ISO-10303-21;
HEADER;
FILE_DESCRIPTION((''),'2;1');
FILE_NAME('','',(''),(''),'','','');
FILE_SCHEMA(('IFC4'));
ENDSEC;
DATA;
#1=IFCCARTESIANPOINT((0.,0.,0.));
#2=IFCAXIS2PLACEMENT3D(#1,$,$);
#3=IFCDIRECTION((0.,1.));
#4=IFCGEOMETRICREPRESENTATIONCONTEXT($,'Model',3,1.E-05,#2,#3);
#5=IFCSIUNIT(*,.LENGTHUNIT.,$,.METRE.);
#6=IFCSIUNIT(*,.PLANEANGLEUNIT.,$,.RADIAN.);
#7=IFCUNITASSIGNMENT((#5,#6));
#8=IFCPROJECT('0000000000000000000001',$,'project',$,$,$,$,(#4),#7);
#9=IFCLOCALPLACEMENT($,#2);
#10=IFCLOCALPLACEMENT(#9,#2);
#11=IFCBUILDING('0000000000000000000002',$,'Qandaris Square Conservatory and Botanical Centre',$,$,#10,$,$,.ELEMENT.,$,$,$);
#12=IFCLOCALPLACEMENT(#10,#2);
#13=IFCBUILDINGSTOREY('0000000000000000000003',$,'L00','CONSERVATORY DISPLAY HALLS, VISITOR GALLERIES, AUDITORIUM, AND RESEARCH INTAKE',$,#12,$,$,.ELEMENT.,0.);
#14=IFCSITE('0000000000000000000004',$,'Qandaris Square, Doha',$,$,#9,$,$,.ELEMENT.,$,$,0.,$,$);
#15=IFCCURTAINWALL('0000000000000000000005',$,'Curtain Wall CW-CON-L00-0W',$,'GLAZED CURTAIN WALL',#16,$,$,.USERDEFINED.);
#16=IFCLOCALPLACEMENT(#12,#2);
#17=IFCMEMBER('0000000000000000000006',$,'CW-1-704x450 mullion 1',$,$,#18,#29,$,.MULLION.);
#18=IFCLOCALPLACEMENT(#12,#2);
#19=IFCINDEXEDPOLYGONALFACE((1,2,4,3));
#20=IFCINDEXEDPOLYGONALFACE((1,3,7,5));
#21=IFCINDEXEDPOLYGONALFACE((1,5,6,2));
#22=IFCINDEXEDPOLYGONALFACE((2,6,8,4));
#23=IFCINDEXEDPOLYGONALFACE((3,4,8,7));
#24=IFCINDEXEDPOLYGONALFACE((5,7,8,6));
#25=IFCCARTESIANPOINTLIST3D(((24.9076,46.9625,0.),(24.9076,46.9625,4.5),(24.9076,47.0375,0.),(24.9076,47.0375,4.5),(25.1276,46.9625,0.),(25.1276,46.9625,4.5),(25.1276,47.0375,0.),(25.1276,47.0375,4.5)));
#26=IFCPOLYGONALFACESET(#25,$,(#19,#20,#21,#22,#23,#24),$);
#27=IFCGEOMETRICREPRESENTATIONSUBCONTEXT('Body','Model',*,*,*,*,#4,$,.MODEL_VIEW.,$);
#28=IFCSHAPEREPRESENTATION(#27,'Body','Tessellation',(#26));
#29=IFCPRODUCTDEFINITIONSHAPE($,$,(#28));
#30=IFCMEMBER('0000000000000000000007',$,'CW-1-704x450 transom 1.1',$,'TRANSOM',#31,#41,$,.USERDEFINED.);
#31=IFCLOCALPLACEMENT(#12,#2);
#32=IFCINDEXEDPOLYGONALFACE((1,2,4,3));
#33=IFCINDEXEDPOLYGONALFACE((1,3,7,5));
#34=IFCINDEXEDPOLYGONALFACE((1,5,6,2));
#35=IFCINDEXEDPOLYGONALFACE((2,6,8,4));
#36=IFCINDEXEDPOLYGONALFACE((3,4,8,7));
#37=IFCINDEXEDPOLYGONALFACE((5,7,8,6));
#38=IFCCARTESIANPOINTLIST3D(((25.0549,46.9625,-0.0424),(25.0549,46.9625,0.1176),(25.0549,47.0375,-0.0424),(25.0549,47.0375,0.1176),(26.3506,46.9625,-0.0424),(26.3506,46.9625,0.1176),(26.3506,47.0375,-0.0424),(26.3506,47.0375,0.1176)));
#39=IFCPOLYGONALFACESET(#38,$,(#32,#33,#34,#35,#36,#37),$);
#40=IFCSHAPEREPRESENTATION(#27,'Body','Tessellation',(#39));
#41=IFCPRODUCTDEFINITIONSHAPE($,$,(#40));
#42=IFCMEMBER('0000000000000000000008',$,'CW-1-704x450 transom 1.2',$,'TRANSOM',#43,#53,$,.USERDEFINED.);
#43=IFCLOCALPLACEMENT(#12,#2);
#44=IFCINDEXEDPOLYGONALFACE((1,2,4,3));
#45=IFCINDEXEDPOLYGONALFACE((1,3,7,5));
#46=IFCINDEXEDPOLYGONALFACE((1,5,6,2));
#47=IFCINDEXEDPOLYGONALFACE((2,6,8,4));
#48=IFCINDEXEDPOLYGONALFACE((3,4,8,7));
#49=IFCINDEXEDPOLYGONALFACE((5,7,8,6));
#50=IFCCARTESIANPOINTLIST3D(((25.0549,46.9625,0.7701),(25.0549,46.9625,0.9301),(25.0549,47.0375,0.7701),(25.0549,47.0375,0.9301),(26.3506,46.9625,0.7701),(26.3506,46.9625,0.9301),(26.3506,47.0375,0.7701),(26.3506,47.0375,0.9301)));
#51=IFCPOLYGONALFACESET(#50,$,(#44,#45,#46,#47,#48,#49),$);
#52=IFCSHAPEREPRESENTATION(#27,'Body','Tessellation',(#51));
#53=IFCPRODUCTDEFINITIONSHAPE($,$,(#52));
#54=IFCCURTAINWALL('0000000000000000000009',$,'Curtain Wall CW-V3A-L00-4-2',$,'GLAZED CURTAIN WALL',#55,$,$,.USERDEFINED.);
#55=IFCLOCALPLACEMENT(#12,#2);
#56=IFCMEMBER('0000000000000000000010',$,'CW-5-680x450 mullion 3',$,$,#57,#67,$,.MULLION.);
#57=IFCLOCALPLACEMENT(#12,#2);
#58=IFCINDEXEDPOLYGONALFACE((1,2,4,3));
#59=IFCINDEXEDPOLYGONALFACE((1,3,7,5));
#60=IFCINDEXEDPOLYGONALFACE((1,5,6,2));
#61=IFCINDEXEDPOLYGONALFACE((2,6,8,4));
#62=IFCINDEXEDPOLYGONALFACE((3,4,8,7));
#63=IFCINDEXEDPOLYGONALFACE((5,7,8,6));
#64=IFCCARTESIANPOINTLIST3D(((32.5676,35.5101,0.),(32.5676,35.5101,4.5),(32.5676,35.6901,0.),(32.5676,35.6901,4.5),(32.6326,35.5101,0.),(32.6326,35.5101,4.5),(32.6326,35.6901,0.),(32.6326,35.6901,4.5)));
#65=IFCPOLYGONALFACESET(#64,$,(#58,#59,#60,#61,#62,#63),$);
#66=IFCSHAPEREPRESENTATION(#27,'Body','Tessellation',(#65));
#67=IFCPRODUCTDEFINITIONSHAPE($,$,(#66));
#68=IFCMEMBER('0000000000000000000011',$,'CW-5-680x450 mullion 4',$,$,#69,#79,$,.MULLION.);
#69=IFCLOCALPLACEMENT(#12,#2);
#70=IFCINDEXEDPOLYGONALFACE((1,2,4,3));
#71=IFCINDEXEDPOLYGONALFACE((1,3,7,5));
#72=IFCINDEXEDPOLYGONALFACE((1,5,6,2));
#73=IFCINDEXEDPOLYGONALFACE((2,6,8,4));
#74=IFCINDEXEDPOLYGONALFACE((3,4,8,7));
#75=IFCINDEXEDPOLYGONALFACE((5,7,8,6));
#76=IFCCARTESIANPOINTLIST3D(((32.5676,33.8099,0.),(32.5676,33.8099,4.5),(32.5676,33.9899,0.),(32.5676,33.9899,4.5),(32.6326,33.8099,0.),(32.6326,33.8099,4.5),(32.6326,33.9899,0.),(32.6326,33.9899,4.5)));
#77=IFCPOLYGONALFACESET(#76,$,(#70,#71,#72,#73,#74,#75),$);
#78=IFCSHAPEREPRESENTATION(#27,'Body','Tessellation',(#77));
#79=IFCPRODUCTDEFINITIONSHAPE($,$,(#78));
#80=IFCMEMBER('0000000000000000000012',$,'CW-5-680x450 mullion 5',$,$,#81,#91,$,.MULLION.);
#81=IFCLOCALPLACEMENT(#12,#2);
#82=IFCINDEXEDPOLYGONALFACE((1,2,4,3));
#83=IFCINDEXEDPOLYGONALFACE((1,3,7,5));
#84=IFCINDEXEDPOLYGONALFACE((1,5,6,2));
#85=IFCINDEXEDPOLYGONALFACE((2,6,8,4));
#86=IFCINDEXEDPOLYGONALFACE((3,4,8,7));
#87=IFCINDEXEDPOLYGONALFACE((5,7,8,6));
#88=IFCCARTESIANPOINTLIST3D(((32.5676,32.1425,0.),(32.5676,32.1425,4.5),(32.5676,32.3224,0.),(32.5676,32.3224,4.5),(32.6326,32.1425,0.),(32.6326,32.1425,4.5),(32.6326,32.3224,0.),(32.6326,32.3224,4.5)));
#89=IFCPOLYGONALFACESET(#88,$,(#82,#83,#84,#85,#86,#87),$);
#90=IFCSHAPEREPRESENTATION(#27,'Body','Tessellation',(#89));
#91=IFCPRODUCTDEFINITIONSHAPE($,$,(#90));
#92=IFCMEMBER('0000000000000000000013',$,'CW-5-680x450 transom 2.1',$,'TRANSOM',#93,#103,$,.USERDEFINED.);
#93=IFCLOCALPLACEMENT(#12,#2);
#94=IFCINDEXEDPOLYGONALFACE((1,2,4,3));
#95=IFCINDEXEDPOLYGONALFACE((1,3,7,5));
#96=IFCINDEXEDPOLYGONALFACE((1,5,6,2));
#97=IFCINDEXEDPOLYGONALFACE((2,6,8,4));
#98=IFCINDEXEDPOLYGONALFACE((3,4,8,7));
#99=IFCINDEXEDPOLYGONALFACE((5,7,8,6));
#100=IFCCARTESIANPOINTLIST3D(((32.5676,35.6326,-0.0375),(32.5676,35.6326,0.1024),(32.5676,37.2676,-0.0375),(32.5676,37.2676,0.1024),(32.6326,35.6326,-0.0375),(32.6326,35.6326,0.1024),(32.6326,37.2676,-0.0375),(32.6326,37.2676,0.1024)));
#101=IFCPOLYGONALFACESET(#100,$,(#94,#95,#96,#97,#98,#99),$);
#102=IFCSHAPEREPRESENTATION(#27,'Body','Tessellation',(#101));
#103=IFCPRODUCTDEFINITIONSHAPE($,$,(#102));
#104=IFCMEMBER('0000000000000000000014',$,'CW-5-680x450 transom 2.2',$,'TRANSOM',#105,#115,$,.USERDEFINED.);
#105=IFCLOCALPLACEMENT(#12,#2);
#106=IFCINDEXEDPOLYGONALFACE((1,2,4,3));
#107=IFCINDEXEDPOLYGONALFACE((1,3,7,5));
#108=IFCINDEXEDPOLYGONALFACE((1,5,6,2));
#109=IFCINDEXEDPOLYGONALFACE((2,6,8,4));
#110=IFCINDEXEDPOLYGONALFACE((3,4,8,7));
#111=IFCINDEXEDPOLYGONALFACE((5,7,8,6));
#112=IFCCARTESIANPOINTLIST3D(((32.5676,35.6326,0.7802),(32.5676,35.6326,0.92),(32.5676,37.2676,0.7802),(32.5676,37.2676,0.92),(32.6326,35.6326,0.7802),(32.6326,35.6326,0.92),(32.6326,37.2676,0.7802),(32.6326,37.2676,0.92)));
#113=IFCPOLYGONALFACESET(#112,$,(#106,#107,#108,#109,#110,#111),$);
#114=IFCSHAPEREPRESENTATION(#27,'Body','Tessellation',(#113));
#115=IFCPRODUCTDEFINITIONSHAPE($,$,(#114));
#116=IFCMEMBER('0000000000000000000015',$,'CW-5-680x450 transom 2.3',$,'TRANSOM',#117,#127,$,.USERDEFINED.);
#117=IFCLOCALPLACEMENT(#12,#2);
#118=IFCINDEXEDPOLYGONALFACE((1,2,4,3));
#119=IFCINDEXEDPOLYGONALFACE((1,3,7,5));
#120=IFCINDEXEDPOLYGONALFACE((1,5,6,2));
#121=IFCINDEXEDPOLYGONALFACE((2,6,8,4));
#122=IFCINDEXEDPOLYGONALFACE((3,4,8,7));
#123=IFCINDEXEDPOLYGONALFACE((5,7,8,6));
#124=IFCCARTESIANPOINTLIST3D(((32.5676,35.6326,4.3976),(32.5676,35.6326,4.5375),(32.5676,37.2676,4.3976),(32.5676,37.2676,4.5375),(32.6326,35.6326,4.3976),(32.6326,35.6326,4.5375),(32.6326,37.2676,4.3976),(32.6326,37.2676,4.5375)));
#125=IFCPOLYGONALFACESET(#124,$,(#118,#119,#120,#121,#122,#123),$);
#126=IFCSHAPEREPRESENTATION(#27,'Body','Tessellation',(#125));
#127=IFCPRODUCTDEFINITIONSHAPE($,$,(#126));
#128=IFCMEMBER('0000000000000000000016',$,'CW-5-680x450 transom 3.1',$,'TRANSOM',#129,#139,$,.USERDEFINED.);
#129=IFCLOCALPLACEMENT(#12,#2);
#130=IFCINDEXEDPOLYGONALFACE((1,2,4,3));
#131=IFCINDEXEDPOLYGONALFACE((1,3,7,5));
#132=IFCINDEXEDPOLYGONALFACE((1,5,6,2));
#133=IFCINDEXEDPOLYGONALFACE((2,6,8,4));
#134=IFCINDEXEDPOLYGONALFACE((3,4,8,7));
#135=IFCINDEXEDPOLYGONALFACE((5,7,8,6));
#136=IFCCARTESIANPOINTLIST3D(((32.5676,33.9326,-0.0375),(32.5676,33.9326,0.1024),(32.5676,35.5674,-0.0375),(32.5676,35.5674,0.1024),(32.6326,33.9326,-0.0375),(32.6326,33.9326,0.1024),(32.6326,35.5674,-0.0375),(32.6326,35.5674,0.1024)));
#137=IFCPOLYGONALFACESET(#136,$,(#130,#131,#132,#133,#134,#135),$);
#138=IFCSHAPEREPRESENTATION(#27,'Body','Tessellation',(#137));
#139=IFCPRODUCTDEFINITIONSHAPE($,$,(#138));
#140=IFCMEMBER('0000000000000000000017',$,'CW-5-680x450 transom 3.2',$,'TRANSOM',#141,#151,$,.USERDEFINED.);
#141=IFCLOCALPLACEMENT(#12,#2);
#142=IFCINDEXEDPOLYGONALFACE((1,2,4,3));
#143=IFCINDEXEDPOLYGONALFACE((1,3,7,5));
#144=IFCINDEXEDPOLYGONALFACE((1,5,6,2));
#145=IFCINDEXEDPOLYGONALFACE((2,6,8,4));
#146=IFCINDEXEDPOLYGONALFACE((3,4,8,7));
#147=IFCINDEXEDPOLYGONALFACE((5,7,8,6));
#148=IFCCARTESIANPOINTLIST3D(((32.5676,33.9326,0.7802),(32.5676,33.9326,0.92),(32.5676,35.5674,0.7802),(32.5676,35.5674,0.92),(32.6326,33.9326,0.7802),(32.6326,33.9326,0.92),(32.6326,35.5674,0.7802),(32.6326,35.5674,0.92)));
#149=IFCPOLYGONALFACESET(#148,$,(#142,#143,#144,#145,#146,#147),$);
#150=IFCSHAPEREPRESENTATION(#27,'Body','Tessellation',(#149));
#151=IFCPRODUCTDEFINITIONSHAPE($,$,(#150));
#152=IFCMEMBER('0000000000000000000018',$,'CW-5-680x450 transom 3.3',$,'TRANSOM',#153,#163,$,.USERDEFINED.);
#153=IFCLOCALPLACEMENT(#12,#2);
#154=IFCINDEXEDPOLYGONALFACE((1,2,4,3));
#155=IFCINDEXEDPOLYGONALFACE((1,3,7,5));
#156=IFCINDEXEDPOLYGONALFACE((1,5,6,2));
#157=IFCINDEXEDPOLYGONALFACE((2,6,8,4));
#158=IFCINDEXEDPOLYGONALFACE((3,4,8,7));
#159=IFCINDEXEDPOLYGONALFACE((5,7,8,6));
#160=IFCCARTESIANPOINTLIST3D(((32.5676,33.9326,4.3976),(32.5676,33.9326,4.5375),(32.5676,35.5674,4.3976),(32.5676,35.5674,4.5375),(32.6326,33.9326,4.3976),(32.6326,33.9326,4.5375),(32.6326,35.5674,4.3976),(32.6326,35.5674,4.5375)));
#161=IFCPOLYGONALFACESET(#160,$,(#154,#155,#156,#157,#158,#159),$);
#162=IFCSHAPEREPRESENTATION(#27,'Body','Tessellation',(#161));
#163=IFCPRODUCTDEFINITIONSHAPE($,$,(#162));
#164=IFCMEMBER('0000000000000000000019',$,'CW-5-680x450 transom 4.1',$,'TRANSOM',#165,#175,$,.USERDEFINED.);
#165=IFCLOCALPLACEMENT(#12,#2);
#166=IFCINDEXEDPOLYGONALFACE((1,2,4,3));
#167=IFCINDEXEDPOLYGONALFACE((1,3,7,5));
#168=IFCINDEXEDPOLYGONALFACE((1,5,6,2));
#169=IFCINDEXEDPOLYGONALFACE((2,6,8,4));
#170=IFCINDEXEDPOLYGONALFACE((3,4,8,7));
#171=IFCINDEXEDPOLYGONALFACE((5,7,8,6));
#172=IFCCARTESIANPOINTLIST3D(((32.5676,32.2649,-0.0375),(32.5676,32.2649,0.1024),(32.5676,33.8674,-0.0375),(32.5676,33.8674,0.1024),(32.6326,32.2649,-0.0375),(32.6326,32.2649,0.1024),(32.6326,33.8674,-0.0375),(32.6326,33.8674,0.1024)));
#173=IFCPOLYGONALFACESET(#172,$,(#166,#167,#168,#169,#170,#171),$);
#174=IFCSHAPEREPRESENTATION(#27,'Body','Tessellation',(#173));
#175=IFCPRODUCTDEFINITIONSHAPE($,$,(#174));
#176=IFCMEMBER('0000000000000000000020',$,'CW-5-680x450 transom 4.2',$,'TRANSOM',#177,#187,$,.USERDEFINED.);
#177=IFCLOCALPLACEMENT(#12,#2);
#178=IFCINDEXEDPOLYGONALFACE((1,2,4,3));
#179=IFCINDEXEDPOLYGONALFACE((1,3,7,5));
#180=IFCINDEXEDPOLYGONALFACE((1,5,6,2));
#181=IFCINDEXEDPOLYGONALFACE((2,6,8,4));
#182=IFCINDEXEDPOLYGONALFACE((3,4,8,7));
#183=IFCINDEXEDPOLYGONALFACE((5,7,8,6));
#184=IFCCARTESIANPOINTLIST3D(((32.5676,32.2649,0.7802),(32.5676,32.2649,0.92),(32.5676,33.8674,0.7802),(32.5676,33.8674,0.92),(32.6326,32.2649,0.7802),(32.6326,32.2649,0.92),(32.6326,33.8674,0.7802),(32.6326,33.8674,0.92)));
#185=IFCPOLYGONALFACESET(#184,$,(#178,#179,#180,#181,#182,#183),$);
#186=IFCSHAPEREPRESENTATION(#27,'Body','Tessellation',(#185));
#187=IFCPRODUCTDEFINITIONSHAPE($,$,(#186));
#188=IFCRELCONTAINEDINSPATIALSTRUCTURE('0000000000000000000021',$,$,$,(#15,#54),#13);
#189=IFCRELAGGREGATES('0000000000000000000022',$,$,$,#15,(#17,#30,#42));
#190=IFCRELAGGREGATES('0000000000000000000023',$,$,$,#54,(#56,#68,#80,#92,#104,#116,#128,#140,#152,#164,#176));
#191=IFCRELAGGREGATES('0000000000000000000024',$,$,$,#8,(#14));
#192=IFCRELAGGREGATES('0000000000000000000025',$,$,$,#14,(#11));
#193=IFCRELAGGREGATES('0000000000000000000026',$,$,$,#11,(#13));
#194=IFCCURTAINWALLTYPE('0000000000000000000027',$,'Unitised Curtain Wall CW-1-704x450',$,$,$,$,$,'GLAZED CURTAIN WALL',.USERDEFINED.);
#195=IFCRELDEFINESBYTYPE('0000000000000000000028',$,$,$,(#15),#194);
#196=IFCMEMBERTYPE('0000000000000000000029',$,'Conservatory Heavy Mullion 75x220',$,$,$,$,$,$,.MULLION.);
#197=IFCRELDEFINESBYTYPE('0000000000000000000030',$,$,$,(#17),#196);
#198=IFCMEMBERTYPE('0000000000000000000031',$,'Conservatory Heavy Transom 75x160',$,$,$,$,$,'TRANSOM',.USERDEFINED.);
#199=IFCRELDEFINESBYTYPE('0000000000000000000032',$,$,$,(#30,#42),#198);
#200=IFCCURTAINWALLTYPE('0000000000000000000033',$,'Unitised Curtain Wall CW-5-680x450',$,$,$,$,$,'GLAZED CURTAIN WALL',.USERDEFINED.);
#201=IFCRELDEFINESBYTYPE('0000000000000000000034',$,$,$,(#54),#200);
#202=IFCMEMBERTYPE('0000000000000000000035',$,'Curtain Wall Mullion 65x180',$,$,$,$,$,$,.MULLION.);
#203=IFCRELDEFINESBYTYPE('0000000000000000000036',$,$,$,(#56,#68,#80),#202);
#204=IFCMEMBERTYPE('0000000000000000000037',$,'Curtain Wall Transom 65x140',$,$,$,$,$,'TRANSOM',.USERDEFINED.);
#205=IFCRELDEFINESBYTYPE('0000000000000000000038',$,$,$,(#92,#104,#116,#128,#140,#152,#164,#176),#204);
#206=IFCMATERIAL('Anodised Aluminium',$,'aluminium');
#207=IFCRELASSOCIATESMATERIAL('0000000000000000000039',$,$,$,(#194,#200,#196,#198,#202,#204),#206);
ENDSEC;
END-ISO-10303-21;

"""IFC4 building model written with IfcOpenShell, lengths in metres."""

from ifc_helpers import new_model, si_unit, direction, frame, origin, origin_2d, place, context, subcontext, project, spatial, rectangle, extrude, material, material_profile, profile_set, type_object, element, aggregate, save


model = new_model("IFC4")

# Units and contexts
model_context = context("Model", 3, precision=1e-05, world=origin(), true_north=direction((0.0, 1.0)))
body_context = subcontext(model_context, "Body", "Model", "MODEL_VIEW")
ifc_project = project(units=[si_unit("LENGTHUNIT", "METRE"), si_unit("PLANEANGLEUNIT", "RADIAN")], contexts=[model_context])

# Site, building, storey
site_placement = place(None, origin())
site = spatial("IfcSite", under=ifc_project, at=site_placement, Name="Qandaris Square, Doha", CompositionType="ELEMENT", RefElevation=0.0)
building_placement = place(site_placement, origin())
building = spatial("IfcBuilding", under=site, at=building_placement, Name="Qandaris Square Conservatory and Botanical Centre", CompositionType="ELEMENT")
storey_placement = place(building_placement, origin())
storey = spatial("IfcBuildingStorey", under=building, at=storey_placement, Name="L00", Description="CONSERVATORY DISPLAY HALLS, VISITOR GALLERIES, AUDITORIUM, AND RESEARCH INTAKE", CompositionType="ELEMENT", Elevation=0.0)

# Curtain walls, members
ifc_material_1 = material(Name="Anodised Aluminium", Category="aluminium")
curtain_wall_type_1 = type_object("IfcCurtainWallType", Name="Unitised Curtain Wall CW-1-704x450", ElementType="GLAZED CURTAIN WALL", PredefinedType="USERDEFINED", material=ifc_material_1)
curtain_wall_1_placement = place(storey_placement, origin())
curtain_wall_1 = element("IfcCurtainWall", 1, at=curtain_wall_1_placement, inside=storey, type_object=curtain_wall_type_1, Name="Curtain Wall CW-CON-L00-0W", ObjectType="GLAZED CURTAIN WALL", PredefinedType="USERDEFINED")
ifc_material_profile_1 = material_profile(ifc_material_1, rectangle(XDim=0.075, YDim=0.22, at=origin_2d()), Name="ALU-MUL 75x220")
ifc_profile_set_1 = profile_set([ifc_material_profile_1], Name="Anodised Aluminium")
member_type_1 = type_object("IfcMemberType", Name="Conservatory Heavy Mullion 75x220", PredefinedType="MULLION", material=ifc_profile_set_1)
member_1_placement = place(storey_placement, frame((25.0176, 47.0, 0.0), z_axis=(0.0, 0.0, 1.0), x_axis=(0.0, 1.0, 0.0)))
member_1 = element("IfcMember", 2, at=member_1_placement, type_object=member_type_1, Name="CW-1-704x450 mullion 1", PredefinedType="MULLION", context=body_context, shape_type="SweptSolid", body=[
    extrude(rectangle(XDim=0.075, YDim=0.22, at=origin_2d()), origin(), (0.0, 0.0, 1.0), 4.5),
])
ifc_material_profile_2 = material_profile(ifc_material_1, rectangle(XDim=0.075, YDim=0.1599, at=origin_2d()), Name="ALU-TRN 75x160")
ifc_profile_set_2 = profile_set([ifc_material_profile_2], Name="Anodised Aluminium")
member_type_2 = type_object("IfcMemberType", Name="Conservatory Heavy Transom 75x160", ElementType="TRANSOM", PredefinedType="USERDEFINED", material=ifc_profile_set_2)
member_2_placement = place(storey_placement, frame((25.0549, 47.0, 0.0376), z_axis=(1.0, 0.0, 0.0), x_axis=(0.0, 1.0, 0.0)))
member_2 = element("IfcMember", 3, at=member_2_placement, type_object=member_type_2, Name="CW-1-704x450 transom 1.1", ObjectType="TRANSOM", PredefinedType="USERDEFINED", context=body_context, shape_type="SweptSolid", body=[
    extrude(rectangle(XDim=0.075, YDim=0.1599, at=origin_2d()), origin(), (0.0, 0.0, 1.0), 1.2957),
])
member_3_placement = place(storey_placement, frame((25.0549, 47.0, 0.8501), z_axis=(1.0, 0.0, 0.0), x_axis=(0.0, 1.0, 0.0)))
member_3 = element("IfcMember", 4, at=member_3_placement, type_object=member_type_2, Name="CW-1-704x450 transom 1.2", ObjectType="TRANSOM", PredefinedType="USERDEFINED", context=body_context, shape_type="SweptSolid", body=[
    extrude(rectangle(XDim=0.075, YDim=0.1599, at=origin_2d()), origin(), (0.0, 0.0, 1.0), 1.2957),
])
aggregate(curtain_wall_1, [member_1, member_2, member_3])
curtain_wall_type_2 = type_object("IfcCurtainWallType", Name="Unitised Curtain Wall CW-5-680x450", ElementType="GLAZED CURTAIN WALL", PredefinedType="USERDEFINED", material=ifc_material_1)
curtain_wall_2_placement = place(storey_placement, origin())
curtain_wall_2 = element("IfcCurtainWall", 5, at=curtain_wall_2_placement, inside=storey, type_object=curtain_wall_type_2, Name="Curtain Wall CW-V3A-L00-4-2", ObjectType="GLAZED CURTAIN WALL", PredefinedType="USERDEFINED")
ifc_material_profile_3 = material_profile(ifc_material_1, rectangle(XDim=0.0649, YDim=0.1799, at=origin_2d()), Name="ALU-MUL 65x180")
ifc_profile_set_3 = profile_set([ifc_material_profile_3], Name="Anodised Aluminium")
member_type_3 = type_object("IfcMemberType", Name="Curtain Wall Mullion 65x180", PredefinedType="MULLION", material=ifc_profile_set_3)
member_4_placement = place(storey_placement, frame((32.6001, 35.6001, 0.0), z_axis=(0.0, 0.0, 1.0), x_axis=(1.0, 0.0, 0.0)))
member_4 = element("IfcMember", 6, at=member_4_placement, type_object=member_type_3, Name="CW-5-680x450 mullion 3", PredefinedType="MULLION", context=body_context, shape_type="SweptSolid", body=[
    extrude(rectangle(XDim=0.0649, YDim=0.1799, at=origin_2d()), origin(), (0.0, 0.0, 1.0), 4.5),
])
member_5_placement = place(storey_placement, frame((32.6001, 33.8999, 0.0), z_axis=(0.0, 0.0, 1.0), x_axis=(1.0, 0.0, 0.0)))
member_5 = element("IfcMember", 7, at=member_5_placement, type_object=member_type_3, Name="CW-5-680x450 mullion 4", PredefinedType="MULLION", context=body_context, shape_type="SweptSolid", body=[
    extrude(rectangle(XDim=0.0649, YDim=0.1799, at=origin_2d()), origin(), (0.0, 0.0, 1.0), 4.5),
])
member_6_placement = place(storey_placement, frame((32.6001, 32.2324, 0.0), z_axis=(0.0, 0.0, 1.0), x_axis=(1.0, 0.0, 0.0)))
member_6 = element("IfcMember", 8, at=member_6_placement, type_object=member_type_3, Name="CW-5-680x450 mullion 5", PredefinedType="MULLION", context=body_context, shape_type="SweptSolid", body=[
    extrude(rectangle(XDim=0.0649, YDim=0.1799, at=origin_2d()), origin(), (0.0, 0.0, 1.0), 4.5),
])
ifc_material_profile_4 = material_profile(ifc_material_1, rectangle(XDim=0.0649, YDim=0.1399, at=origin_2d()), Name="ALU-TRN 65x140")
ifc_profile_set_4 = profile_set([ifc_material_profile_4], Name="Anodised Aluminium")
member_type_4 = type_object("IfcMemberType", Name="Curtain Wall Transom 65x140", ElementType="TRANSOM", PredefinedType="USERDEFINED", material=ifc_profile_set_4)
member_7_placement = place(storey_placement, frame((32.6001, 37.2676, 0.0325), z_axis=(0.0, -1.0, 0.0), x_axis=(1.0, 0.0, 0.0)))
member_7 = element("IfcMember", 9, at=member_7_placement, type_object=member_type_4, Name="CW-5-680x450 transom 2.1", ObjectType="TRANSOM", PredefinedType="USERDEFINED", context=body_context, shape_type="SweptSolid", body=[
    extrude(rectangle(XDim=0.0649, YDim=0.1399, at=origin_2d()), origin(), (0.0, 0.0, 1.0), 1.635),
])
member_8_placement = place(storey_placement, frame((32.6001, 37.2676, 0.8501), z_axis=(0.0, -1.0, 0.0), x_axis=(1.0, 0.0, 0.0)))
member_8 = element("IfcMember", 10, at=member_8_placement, type_object=member_type_4, Name="CW-5-680x450 transom 2.2", ObjectType="TRANSOM", PredefinedType="USERDEFINED", context=body_context, shape_type="SweptSolid", body=[
    extrude(rectangle(XDim=0.0649, YDim=0.1399, at=origin_2d()), origin(), (0.0, 0.0, 1.0), 1.635),
])
member_9_placement = place(storey_placement, frame((32.6001, 37.2676, 4.4675), z_axis=(0.0, -1.0, 0.0), x_axis=(1.0, 0.0, 0.0)))
member_9 = element("IfcMember", 11, at=member_9_placement, type_object=member_type_4, Name="CW-5-680x450 transom 2.3", ObjectType="TRANSOM", PredefinedType="USERDEFINED", context=body_context, shape_type="SweptSolid", body=[
    extrude(rectangle(XDim=0.0649, YDim=0.1399, at=origin_2d()), origin(), (0.0, 0.0, 1.0), 1.635),
])
member_10_placement = place(storey_placement, frame((32.6001, 35.5674, 0.0325), z_axis=(0.0, -1.0, 0.0), x_axis=(1.0, 0.0, 0.0)))
member_10 = element("IfcMember", 12, at=member_10_placement, type_object=member_type_4, Name="CW-5-680x450 transom 3.1", ObjectType="TRANSOM", PredefinedType="USERDEFINED", context=body_context, shape_type="SweptSolid", body=[
    extrude(rectangle(XDim=0.0649, YDim=0.1399, at=origin_2d()), origin(), (0.0, 0.0, 1.0), 1.6348),
])
member_11_placement = place(storey_placement, frame((32.6001, 35.5674, 0.8501), z_axis=(0.0, -1.0, 0.0), x_axis=(1.0, 0.0, 0.0)))
member_11 = element("IfcMember", 13, at=member_11_placement, type_object=member_type_4, Name="CW-5-680x450 transom 3.2", ObjectType="TRANSOM", PredefinedType="USERDEFINED", context=body_context, shape_type="SweptSolid", body=[
    extrude(rectangle(XDim=0.0649, YDim=0.1399, at=origin_2d()), origin(), (0.0, 0.0, 1.0), 1.6348),
])
member_12_placement = place(storey_placement, frame((32.6001, 35.5674, 4.4675), z_axis=(0.0, -1.0, 0.0), x_axis=(1.0, 0.0, 0.0)))
member_12 = element("IfcMember", 14, at=member_12_placement, type_object=member_type_4, Name="CW-5-680x450 transom 3.3", ObjectType="TRANSOM", PredefinedType="USERDEFINED", context=body_context, shape_type="SweptSolid", body=[
    extrude(rectangle(XDim=0.0649, YDim=0.1399, at=origin_2d()), origin(), (0.0, 0.0, 1.0), 1.6348),
])
member_13_placement = place(storey_placement, frame((32.6001, 33.8674, 0.0325), z_axis=(0.0, -1.0, 0.0), x_axis=(1.0, 0.0, 0.0)))
member_13 = element("IfcMember", 15, at=member_13_placement, type_object=member_type_4, Name="CW-5-680x450 transom 4.1", ObjectType="TRANSOM", PredefinedType="USERDEFINED", context=body_context, shape_type="SweptSolid", body=[
    extrude(rectangle(XDim=0.0649, YDim=0.1399, at=origin_2d()), origin(), (0.0, 0.0, 1.0), 1.6025),
])
member_14_placement = place(storey_placement, frame((32.6001, 33.8674, 0.8501), z_axis=(0.0, -1.0, 0.0), x_axis=(1.0, 0.0, 0.0)))
member_14 = element("IfcMember", 16, at=member_14_placement, type_object=member_type_4, Name="CW-5-680x450 transom 4.2", ObjectType="TRANSOM", PredefinedType="USERDEFINED", context=body_context, shape_type="SweptSolid", body=[
    extrude(rectangle(XDim=0.0649, YDim=0.1399, at=origin_2d()), origin(), (0.0, 0.0, 1.0), 1.6025),
])

aggregate(curtain_wall_2, [member_4, member_5, member_6, member_7, member_8, member_9, member_10, member_11, member_12, member_13, member_14])

save(model, "model.ifc")
